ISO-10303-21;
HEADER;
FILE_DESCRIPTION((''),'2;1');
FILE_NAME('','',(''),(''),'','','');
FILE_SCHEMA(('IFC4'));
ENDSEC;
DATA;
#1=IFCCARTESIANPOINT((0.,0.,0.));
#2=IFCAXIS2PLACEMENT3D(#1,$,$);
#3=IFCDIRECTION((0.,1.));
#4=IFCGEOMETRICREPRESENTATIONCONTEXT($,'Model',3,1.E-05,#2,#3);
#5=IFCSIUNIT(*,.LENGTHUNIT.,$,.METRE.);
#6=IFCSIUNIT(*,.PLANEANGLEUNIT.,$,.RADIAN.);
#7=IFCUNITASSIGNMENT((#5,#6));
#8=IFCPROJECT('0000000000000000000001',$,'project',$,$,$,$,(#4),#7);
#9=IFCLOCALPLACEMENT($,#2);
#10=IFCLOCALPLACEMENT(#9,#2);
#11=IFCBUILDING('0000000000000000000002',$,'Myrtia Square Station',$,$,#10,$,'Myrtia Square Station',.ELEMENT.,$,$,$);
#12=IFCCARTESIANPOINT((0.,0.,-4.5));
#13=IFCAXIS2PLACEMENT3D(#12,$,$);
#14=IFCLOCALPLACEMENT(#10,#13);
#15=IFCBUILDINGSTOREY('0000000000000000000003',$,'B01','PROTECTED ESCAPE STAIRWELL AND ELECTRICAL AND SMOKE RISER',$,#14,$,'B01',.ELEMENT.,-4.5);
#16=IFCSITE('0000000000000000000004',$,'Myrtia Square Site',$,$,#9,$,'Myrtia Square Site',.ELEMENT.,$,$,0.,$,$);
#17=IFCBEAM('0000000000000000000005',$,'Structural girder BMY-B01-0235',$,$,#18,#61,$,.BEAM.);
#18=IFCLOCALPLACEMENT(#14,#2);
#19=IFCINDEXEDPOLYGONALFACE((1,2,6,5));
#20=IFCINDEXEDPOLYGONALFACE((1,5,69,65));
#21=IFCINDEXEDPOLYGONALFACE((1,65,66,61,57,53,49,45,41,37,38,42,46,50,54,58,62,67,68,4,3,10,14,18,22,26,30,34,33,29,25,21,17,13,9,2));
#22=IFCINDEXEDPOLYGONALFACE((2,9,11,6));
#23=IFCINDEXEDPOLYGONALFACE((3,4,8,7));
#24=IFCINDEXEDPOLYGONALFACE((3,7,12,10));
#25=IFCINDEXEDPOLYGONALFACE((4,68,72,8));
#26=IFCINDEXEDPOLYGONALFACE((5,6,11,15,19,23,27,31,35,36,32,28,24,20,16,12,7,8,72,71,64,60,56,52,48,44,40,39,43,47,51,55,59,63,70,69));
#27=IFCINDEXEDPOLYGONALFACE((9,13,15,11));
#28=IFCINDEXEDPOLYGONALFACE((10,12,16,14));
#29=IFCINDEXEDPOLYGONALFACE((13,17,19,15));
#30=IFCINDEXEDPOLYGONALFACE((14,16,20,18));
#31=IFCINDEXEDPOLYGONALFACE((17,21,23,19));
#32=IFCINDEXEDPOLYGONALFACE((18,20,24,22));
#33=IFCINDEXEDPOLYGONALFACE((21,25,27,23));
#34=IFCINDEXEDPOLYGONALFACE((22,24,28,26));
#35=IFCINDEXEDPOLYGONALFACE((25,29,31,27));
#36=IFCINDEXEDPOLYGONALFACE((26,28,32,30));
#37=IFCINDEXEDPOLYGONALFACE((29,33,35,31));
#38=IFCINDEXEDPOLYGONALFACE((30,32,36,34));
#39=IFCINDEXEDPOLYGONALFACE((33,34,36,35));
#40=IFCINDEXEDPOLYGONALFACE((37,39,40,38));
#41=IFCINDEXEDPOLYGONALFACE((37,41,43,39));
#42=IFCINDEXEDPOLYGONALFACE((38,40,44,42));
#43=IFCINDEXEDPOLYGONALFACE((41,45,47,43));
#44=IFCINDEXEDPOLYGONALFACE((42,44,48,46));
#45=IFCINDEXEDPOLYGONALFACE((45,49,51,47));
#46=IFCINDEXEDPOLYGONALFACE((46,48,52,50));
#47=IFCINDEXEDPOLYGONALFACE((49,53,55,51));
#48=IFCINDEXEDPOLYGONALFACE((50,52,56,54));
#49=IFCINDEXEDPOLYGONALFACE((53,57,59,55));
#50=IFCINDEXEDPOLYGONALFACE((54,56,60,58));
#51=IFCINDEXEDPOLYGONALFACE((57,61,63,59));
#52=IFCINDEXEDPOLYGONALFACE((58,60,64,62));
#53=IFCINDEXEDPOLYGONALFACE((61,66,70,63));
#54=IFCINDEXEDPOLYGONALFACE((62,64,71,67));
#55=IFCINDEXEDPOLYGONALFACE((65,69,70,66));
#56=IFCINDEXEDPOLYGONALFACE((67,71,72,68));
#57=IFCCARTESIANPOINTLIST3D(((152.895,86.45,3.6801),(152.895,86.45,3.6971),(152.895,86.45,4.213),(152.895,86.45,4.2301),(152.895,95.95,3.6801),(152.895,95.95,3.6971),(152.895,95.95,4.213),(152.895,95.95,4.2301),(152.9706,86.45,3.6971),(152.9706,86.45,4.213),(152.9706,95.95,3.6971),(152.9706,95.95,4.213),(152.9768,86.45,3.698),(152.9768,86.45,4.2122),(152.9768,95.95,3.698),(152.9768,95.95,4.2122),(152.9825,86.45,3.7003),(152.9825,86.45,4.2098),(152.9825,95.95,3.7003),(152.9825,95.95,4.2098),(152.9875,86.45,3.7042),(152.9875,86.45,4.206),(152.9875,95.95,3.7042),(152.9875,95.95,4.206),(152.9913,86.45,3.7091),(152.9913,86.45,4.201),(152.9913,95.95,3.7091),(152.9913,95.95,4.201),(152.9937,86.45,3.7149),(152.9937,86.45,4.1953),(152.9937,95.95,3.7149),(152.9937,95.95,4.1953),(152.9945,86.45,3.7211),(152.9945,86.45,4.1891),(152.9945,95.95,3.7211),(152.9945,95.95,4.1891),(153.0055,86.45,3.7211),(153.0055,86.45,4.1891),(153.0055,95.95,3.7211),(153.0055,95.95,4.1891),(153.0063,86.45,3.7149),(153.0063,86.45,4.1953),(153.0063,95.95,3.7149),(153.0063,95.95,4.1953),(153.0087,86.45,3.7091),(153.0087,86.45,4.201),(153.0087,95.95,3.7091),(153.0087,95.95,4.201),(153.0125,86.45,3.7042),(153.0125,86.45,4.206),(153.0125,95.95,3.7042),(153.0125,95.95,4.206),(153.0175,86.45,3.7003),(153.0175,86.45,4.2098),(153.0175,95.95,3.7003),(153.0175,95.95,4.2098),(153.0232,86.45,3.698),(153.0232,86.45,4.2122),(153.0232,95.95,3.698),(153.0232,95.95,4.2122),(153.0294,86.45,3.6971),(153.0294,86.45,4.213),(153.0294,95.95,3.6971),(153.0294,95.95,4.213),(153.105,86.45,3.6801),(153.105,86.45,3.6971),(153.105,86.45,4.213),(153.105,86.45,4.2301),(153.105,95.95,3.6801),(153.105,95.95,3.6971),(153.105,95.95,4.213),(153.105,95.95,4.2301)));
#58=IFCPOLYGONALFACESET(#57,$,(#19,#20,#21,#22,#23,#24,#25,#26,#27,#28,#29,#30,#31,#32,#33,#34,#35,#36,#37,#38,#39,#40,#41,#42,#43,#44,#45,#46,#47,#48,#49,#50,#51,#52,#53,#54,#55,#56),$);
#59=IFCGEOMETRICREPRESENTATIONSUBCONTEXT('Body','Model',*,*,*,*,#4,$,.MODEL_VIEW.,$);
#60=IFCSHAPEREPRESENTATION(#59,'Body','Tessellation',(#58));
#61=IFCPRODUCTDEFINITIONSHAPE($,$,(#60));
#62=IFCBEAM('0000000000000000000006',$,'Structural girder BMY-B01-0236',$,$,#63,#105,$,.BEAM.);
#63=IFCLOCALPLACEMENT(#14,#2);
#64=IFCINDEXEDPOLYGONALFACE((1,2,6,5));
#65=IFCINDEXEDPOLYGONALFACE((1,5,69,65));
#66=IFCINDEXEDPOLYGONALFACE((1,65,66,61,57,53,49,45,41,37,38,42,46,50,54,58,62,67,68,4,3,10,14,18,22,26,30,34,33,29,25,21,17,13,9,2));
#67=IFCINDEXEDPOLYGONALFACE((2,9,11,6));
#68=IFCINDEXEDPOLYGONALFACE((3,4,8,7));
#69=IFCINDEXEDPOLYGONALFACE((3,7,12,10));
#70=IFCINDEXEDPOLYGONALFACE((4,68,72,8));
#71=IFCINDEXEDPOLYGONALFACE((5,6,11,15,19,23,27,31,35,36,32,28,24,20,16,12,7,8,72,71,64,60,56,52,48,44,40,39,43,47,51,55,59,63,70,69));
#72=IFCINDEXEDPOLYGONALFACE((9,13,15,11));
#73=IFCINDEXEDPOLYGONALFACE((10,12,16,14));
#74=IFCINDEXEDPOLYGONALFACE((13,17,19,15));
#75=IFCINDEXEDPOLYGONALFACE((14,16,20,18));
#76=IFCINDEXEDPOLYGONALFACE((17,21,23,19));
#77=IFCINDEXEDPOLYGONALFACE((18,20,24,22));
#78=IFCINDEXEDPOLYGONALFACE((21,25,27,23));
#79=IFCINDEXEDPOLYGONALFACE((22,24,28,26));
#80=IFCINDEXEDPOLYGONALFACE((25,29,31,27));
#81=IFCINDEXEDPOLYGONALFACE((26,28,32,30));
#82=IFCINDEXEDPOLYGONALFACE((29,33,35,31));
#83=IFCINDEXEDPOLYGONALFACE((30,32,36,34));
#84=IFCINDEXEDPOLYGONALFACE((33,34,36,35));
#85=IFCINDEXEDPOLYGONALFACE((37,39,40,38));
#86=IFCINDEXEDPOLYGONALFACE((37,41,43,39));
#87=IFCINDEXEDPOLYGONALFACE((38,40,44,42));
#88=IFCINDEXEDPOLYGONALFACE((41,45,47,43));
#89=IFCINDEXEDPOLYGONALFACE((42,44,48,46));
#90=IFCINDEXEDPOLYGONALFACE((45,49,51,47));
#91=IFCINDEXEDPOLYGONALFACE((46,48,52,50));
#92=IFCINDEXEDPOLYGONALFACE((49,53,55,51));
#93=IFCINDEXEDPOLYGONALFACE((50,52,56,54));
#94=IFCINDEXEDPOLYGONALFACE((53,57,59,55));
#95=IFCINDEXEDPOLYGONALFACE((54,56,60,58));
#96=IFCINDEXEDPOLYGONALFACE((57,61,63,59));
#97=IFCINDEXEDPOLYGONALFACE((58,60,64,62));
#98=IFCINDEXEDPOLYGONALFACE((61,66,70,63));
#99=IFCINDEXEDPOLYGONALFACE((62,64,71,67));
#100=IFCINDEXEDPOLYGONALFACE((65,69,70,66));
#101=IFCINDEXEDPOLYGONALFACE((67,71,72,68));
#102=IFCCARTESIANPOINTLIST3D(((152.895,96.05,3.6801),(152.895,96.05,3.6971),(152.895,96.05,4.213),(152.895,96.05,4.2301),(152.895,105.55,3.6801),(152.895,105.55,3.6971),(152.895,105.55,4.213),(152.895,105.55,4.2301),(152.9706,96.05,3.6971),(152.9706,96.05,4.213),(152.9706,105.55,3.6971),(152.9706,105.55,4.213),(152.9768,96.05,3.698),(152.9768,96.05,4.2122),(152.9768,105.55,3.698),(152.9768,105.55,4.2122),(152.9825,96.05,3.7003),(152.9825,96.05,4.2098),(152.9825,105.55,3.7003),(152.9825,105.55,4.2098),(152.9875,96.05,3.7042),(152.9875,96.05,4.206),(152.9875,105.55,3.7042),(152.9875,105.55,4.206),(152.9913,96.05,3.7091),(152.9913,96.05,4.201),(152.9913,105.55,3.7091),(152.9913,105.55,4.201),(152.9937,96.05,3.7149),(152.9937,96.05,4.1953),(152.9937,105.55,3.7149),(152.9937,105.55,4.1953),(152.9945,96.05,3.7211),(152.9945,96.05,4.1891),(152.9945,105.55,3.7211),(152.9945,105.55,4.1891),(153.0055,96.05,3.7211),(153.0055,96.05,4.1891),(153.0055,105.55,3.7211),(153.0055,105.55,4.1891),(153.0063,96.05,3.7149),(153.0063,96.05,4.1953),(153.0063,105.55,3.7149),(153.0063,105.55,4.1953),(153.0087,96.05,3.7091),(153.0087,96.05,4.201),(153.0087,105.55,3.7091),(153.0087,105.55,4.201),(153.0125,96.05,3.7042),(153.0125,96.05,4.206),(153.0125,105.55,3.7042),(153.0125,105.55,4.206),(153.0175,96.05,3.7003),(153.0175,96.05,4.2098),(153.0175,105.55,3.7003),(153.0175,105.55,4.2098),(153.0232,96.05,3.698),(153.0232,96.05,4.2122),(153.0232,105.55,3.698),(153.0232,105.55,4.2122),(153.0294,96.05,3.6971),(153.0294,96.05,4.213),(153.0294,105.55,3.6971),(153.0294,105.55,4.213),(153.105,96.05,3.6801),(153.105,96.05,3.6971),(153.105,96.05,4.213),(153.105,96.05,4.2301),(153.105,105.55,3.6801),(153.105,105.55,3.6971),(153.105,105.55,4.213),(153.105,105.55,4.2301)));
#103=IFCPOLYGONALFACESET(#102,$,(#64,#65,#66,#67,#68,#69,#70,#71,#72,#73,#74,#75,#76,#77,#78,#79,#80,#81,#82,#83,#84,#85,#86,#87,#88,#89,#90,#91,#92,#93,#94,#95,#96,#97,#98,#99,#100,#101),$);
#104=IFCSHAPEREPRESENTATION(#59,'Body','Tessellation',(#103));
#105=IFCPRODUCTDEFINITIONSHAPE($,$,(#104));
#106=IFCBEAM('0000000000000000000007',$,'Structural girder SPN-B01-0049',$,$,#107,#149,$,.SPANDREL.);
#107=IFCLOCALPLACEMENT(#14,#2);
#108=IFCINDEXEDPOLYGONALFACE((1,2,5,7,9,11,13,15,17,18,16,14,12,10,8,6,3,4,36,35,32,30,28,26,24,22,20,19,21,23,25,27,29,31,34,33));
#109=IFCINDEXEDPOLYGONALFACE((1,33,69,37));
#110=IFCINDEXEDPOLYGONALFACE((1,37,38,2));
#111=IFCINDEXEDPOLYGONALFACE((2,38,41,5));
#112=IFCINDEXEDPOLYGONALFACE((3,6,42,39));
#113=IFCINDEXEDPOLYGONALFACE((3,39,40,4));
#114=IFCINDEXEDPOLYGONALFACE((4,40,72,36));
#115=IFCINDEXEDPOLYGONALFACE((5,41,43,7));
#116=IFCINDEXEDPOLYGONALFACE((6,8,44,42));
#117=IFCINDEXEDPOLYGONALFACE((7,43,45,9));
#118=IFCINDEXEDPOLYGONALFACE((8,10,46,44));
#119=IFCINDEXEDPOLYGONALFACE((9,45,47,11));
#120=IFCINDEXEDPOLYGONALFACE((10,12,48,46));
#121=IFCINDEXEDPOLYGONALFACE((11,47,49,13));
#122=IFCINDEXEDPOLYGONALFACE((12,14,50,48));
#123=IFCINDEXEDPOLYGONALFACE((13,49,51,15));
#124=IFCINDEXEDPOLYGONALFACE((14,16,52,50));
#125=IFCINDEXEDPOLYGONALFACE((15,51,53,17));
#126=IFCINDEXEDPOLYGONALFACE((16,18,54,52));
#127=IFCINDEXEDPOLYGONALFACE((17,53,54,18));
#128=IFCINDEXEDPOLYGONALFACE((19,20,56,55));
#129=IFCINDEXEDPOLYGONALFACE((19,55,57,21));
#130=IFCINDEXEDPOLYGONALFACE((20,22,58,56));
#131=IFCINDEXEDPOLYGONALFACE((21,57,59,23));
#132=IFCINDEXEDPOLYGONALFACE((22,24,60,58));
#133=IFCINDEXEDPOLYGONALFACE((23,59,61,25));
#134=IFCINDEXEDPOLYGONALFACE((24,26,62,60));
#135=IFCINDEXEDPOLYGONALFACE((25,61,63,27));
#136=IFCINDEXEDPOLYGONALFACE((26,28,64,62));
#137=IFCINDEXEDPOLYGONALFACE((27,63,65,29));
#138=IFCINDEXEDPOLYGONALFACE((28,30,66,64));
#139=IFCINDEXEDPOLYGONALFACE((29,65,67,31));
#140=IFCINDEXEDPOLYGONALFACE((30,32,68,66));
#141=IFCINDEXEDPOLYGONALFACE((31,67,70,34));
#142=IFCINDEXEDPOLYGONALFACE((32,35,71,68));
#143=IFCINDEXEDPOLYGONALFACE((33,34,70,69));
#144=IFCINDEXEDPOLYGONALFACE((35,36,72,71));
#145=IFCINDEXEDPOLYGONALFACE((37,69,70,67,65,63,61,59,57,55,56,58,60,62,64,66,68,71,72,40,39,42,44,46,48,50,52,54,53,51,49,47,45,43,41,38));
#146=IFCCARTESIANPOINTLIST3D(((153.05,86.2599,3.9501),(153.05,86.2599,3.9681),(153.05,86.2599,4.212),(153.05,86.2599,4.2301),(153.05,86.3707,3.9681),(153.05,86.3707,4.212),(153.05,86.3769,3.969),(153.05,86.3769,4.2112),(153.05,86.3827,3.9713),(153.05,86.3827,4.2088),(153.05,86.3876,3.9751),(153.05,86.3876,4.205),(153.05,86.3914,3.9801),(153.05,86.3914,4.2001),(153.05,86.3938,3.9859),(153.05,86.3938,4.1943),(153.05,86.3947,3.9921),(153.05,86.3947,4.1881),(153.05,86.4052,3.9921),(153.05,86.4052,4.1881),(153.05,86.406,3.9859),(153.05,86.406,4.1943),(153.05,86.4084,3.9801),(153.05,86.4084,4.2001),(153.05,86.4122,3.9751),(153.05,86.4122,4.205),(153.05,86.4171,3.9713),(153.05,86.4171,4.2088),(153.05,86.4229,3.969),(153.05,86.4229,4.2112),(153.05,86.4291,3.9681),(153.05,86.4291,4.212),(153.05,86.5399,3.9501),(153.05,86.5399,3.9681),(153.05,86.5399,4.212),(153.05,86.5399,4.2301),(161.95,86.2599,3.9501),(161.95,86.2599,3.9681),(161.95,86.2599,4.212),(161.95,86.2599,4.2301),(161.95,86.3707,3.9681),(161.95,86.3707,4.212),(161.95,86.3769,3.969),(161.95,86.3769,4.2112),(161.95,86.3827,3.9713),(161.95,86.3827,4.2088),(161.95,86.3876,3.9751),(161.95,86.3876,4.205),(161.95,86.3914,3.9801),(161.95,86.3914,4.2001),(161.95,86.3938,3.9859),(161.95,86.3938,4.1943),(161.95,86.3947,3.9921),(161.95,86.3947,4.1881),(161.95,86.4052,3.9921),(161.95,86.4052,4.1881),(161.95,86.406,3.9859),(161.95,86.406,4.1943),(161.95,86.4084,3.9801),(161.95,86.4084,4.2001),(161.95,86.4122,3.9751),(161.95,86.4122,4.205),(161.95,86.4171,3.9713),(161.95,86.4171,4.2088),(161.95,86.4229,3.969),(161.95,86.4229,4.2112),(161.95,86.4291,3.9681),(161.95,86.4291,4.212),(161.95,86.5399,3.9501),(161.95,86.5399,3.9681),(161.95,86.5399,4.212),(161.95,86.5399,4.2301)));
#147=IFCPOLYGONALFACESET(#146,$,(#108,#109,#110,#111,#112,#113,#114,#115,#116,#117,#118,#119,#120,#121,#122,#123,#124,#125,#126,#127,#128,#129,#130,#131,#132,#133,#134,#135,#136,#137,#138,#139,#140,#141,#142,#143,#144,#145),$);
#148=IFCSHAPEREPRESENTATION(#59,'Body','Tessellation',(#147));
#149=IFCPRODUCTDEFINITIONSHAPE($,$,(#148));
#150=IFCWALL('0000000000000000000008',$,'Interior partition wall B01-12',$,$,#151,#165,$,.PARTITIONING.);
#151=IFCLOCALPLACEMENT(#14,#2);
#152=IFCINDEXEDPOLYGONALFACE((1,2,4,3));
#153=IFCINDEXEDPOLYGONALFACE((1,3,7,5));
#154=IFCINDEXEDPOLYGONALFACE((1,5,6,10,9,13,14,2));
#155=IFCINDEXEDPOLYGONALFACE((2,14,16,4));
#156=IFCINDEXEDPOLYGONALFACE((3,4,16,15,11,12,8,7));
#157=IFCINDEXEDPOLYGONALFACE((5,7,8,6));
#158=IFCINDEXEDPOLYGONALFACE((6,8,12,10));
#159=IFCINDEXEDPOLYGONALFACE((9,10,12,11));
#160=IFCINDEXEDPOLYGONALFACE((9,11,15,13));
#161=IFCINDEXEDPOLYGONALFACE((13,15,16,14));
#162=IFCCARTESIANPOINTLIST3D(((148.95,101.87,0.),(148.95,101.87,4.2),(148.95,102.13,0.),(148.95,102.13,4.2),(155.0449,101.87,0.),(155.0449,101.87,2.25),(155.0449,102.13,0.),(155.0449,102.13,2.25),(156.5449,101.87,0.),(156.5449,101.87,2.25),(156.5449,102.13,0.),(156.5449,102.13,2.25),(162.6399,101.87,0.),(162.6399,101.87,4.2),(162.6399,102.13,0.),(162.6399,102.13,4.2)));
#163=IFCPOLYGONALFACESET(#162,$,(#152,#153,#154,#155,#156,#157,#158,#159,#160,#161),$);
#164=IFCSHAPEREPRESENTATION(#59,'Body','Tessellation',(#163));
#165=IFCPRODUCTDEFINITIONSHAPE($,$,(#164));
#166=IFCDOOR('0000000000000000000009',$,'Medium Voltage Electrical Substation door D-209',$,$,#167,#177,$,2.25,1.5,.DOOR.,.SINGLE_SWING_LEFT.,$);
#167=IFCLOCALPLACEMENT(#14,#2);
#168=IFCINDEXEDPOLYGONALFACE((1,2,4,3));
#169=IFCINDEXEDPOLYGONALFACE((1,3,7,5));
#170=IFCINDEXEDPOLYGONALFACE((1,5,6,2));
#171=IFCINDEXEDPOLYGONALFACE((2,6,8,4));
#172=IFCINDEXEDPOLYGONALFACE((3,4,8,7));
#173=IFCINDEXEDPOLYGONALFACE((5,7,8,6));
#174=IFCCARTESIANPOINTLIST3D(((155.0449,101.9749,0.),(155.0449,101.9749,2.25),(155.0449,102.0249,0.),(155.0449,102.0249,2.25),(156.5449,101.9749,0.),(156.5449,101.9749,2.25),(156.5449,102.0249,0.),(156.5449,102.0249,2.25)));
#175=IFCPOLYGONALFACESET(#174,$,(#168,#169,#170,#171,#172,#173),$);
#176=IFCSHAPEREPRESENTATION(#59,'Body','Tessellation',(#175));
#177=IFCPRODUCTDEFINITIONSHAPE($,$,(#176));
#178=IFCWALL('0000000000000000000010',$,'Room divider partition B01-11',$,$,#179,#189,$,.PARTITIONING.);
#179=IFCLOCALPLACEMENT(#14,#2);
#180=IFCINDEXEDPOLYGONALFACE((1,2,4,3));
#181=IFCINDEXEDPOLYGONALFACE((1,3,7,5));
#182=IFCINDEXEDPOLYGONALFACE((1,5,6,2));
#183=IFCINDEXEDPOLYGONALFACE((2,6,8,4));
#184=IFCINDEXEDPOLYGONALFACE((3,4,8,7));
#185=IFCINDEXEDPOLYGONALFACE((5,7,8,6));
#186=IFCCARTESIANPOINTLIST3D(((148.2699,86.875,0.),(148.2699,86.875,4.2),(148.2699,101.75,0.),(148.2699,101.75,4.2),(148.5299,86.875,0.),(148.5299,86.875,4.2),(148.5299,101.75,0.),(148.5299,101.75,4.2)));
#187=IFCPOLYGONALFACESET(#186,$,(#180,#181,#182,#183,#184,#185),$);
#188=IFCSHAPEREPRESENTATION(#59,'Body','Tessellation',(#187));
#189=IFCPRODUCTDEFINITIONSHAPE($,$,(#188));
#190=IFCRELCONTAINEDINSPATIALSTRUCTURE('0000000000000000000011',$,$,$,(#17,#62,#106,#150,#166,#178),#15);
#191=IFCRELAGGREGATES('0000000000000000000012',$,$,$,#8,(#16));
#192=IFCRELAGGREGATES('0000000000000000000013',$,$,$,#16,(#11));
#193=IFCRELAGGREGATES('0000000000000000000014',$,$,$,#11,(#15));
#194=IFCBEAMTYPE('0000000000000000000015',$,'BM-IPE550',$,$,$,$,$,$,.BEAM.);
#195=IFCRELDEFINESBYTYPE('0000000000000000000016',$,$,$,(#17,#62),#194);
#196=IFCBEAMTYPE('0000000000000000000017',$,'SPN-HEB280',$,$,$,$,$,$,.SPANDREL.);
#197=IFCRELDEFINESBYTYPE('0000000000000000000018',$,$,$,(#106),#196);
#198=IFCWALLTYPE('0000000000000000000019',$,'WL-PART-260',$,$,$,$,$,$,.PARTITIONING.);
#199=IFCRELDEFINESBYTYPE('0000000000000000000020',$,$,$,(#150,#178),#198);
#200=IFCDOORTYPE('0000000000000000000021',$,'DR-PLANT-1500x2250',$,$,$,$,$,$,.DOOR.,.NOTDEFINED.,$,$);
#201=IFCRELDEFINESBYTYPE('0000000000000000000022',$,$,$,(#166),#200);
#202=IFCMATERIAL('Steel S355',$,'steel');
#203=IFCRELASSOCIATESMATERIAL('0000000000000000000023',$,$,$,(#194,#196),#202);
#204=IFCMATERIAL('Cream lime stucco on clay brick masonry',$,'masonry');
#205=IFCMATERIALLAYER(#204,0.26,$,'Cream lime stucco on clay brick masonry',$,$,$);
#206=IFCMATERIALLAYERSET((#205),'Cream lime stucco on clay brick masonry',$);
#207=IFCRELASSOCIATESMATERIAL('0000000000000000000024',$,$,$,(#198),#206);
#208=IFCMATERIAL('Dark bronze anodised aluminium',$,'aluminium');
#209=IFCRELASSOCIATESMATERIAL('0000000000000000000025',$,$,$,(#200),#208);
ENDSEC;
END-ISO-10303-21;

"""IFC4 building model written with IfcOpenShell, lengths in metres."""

from ifc_helpers import new_model, si_unit, direction, frame, frame_2d, origin, origin_2d, place, context, subcontext, project, spatial, rectangle, i_section, extrude, material, layer, layer_set, material_profile, profile_set, type_object, element, fill, save


model = new_model("IFC4")

# Units and contexts
model_context = context("Model", 3, precision=1e-05, world=origin(), true_north=direction((0.0, 1.0)))
body_context = subcontext(model_context, "Body", "Model", "MODEL_VIEW")
ifc_project = project(units=[si_unit("LENGTHUNIT", "METRE"), si_unit("PLANEANGLEUNIT", "RADIAN")], contexts=[model_context])

# Site, building, storey
site_placement = place(None, origin())
site = spatial("IfcSite", under=ifc_project, at=site_placement, Name="Myrtia Square Site", LongName="Myrtia Square Site", CompositionType="ELEMENT", RefElevation=0.0)
building_placement = place(site_placement, origin())
building = spatial("IfcBuilding", under=site, at=building_placement, Name="Myrtia Square Station", LongName="Myrtia Square Station", CompositionType="ELEMENT")
storey_placement = place(building_placement, frame((0.0, 0.0, -4.5)))
storey = spatial("IfcBuildingStorey", under=building, at=storey_placement, Name="B01", Description="PROTECTED ESCAPE STAIRWELL AND ELECTRICAL AND SMOKE RISER", LongName="B01", CompositionType="ELEMENT", Elevation=-4.5)

# Shared definitions
ifc_material_1 = material(Name="Steel S355", Category="steel")

# Beams
ifc_material_profile_1 = material_profile(ifc_material_1, i_section(OverallWidth=0.21, OverallDepth=0.55, WebThickness=0.011, FlangeThickness=0.0171, FilletRadius=0.0239, at=origin_2d()), Name="IPE 550")
ifc_profile_set_1 = profile_set([ifc_material_profile_1], Name="Steel S355")
beam_type_1 = type_object("IfcBeamType", Name="BM-IPE550", PredefinedType="BEAM", material=ifc_profile_set_1)
for number, where, z_axis, x_axis, name in (
    (1, (153.0, 86.45, 3.9551), (0.0, 1.0, 0.0), (-1.0, 0.0, 0.0), "Structural girder BMY-B01-0235"),
    (2, (153.0, 96.05, 3.9551), (0.0, 1.0, 0.0), (-1.0, 0.0, 0.0), "Structural girder BMY-B01-0236"),
):
    element("IfcBeam", number, at=place(storey_placement, frame(where, z_axis=z_axis, x_axis=x_axis)), inside=storey, type_object=beam_type_1, Name=name, PredefinedType="BEAM", context=body_context, shape_type="SweptSolid", body=[
        extrude(i_section(OverallWidth=0.21, OverallDepth=0.55, WebThickness=0.011, FlangeThickness=0.0171, FilletRadius=0.0239, at=origin_2d()), origin(), (0.0, 0.0, 1.0), 9.5),
    ])
ifc_material_profile_2 = material_profile(ifc_material_1, i_section(OverallWidth=0.28, OverallDepth=0.28, WebThickness=0.0105, FlangeThickness=0.0181, FilletRadius=0.0239, at=origin_2d()), Name="HEB 280")
ifc_profile_set_2 = profile_set([ifc_material_profile_2], Name="Steel S355")
beam_type_2 = type_object("IfcBeamType", Name="SPN-HEB280", PredefinedType="SPANDREL", material=ifc_profile_set_2)
beam_1_placement = place(storey_placement, frame((153.05, 86.3999, 4.0901), z_axis=(1.0, 0.0, 0.0), x_axis=(0.0, 1.0, 0.0)))
element("IfcBeam", 3, at=beam_1_placement, inside=storey, type_object=beam_type_2, Name="Structural girder SPN-B01-0049", PredefinedType="SPANDREL", context=body_context, shape_type="SweptSolid", body=[
    extrude(i_section(OverallWidth=0.28, OverallDepth=0.28, WebThickness=0.0105, FlangeThickness=0.0181, FilletRadius=0.0239, at=origin_2d()), origin(), (0.0, 0.0, 1.0), 8.8999),
])

# Wall, opening, door
ifc_material_2 = material(Name="Cream lime stucco on clay brick masonry", Category="masonry")
ifc_layer = layer(ifc_material_2, 0.26, Name="Cream lime stucco on clay brick masonry")
ifc_layer_set = layer_set([ifc_layer], Name="Cream lime stucco on clay brick masonry")
wall_type = type_object("IfcWallType", Name="WL-PART-260", PredefinedType="PARTITIONING", material=ifc_layer_set)
wall_1_placement = place(storey_placement, frame((148.95, 102.0, 0.0), z_axis=(0.0, 0.0, 1.0), x_axis=(1.0, 0.0, 0.0)))
wall_1 = element("IfcWall", 4, at=wall_1_placement, inside=storey, type_object=wall_type, Name="Interior partition wall B01-12", PredefinedType="PARTITIONING", context=body_context, shape_type="SweptSolid", body=[
    extrude(rectangle(XDim=13.6899, YDim=0.26, at=frame_2d((6.845, 0.0))), origin(), (0.0, 0.0, 1.0), 4.2),
])
opening_placement = place(wall_1_placement, frame((6.095, 0.0, 0.0)))
opening = element("IfcOpeningElement", 5, at=opening_placement, cuts=wall_1, PredefinedType="OPENING", context=body_context, shape_type="SweptSolid", body=[
    extrude(rectangle(XDim=1.5, YDim=2.25, at=frame_2d((0.75, 1.125))), frame((0.0, 0.145, 0.0), z_axis=(0.0, -1.0, 0.0), x_axis=(1.0, 0.0, 0.0)), (0.0, 0.0, 1.0), 0.29),
])
ifc_material_3 = material(Name="Dark bronze anodised aluminium", Category="aluminium")
door_type = type_object("IfcDoorType", Name="DR-PLANT-1500x2250", OperationType="NOTDEFINED", PredefinedType="DOOR", material=ifc_material_3)
door_placement = place(opening_placement, origin())
door = element("IfcDoor", 6, at=door_placement, inside=storey, type_object=door_type, Name="Medium Voltage Electrical Substation door D-209", OperationType="SINGLE_SWING_LEFT", OverallHeight=2.25, OverallWidth=1.5, PredefinedType="DOOR", context=body_context, shape_type="SweptSolid", body=[
    extrude(rectangle(XDim=1.5, YDim=2.25, at=frame_2d((0.75, 1.125))), frame((0.0, 0.0249, 0.0), z_axis=(0.0, -1.0, 0.0), x_axis=(1.0, 0.0, 0.0)), (0.0, 0.0, 1.0), 0.05),
])
fill(opening, door)

# Wall
wall_2_placement = place(storey_placement, frame((148.3999, 86.875, 0.0), z_axis=(0.0, 0.0, 1.0), x_axis=(0.0, 1.0, 0.0)))
element("IfcWall", 7, at=wall_2_placement, inside=storey, type_object=wall_type, Name="Room divider partition B01-11", PredefinedType="PARTITIONING", context=body_context, shape_type="SweptSolid", body=[
    extrude(rectangle(XDim=14.875, YDim=0.26, at=frame_2d((7.4375, 0.0))), origin(), (0.0, 0.0, 1.0), 4.2),
])

save(model, "model.ifc")
